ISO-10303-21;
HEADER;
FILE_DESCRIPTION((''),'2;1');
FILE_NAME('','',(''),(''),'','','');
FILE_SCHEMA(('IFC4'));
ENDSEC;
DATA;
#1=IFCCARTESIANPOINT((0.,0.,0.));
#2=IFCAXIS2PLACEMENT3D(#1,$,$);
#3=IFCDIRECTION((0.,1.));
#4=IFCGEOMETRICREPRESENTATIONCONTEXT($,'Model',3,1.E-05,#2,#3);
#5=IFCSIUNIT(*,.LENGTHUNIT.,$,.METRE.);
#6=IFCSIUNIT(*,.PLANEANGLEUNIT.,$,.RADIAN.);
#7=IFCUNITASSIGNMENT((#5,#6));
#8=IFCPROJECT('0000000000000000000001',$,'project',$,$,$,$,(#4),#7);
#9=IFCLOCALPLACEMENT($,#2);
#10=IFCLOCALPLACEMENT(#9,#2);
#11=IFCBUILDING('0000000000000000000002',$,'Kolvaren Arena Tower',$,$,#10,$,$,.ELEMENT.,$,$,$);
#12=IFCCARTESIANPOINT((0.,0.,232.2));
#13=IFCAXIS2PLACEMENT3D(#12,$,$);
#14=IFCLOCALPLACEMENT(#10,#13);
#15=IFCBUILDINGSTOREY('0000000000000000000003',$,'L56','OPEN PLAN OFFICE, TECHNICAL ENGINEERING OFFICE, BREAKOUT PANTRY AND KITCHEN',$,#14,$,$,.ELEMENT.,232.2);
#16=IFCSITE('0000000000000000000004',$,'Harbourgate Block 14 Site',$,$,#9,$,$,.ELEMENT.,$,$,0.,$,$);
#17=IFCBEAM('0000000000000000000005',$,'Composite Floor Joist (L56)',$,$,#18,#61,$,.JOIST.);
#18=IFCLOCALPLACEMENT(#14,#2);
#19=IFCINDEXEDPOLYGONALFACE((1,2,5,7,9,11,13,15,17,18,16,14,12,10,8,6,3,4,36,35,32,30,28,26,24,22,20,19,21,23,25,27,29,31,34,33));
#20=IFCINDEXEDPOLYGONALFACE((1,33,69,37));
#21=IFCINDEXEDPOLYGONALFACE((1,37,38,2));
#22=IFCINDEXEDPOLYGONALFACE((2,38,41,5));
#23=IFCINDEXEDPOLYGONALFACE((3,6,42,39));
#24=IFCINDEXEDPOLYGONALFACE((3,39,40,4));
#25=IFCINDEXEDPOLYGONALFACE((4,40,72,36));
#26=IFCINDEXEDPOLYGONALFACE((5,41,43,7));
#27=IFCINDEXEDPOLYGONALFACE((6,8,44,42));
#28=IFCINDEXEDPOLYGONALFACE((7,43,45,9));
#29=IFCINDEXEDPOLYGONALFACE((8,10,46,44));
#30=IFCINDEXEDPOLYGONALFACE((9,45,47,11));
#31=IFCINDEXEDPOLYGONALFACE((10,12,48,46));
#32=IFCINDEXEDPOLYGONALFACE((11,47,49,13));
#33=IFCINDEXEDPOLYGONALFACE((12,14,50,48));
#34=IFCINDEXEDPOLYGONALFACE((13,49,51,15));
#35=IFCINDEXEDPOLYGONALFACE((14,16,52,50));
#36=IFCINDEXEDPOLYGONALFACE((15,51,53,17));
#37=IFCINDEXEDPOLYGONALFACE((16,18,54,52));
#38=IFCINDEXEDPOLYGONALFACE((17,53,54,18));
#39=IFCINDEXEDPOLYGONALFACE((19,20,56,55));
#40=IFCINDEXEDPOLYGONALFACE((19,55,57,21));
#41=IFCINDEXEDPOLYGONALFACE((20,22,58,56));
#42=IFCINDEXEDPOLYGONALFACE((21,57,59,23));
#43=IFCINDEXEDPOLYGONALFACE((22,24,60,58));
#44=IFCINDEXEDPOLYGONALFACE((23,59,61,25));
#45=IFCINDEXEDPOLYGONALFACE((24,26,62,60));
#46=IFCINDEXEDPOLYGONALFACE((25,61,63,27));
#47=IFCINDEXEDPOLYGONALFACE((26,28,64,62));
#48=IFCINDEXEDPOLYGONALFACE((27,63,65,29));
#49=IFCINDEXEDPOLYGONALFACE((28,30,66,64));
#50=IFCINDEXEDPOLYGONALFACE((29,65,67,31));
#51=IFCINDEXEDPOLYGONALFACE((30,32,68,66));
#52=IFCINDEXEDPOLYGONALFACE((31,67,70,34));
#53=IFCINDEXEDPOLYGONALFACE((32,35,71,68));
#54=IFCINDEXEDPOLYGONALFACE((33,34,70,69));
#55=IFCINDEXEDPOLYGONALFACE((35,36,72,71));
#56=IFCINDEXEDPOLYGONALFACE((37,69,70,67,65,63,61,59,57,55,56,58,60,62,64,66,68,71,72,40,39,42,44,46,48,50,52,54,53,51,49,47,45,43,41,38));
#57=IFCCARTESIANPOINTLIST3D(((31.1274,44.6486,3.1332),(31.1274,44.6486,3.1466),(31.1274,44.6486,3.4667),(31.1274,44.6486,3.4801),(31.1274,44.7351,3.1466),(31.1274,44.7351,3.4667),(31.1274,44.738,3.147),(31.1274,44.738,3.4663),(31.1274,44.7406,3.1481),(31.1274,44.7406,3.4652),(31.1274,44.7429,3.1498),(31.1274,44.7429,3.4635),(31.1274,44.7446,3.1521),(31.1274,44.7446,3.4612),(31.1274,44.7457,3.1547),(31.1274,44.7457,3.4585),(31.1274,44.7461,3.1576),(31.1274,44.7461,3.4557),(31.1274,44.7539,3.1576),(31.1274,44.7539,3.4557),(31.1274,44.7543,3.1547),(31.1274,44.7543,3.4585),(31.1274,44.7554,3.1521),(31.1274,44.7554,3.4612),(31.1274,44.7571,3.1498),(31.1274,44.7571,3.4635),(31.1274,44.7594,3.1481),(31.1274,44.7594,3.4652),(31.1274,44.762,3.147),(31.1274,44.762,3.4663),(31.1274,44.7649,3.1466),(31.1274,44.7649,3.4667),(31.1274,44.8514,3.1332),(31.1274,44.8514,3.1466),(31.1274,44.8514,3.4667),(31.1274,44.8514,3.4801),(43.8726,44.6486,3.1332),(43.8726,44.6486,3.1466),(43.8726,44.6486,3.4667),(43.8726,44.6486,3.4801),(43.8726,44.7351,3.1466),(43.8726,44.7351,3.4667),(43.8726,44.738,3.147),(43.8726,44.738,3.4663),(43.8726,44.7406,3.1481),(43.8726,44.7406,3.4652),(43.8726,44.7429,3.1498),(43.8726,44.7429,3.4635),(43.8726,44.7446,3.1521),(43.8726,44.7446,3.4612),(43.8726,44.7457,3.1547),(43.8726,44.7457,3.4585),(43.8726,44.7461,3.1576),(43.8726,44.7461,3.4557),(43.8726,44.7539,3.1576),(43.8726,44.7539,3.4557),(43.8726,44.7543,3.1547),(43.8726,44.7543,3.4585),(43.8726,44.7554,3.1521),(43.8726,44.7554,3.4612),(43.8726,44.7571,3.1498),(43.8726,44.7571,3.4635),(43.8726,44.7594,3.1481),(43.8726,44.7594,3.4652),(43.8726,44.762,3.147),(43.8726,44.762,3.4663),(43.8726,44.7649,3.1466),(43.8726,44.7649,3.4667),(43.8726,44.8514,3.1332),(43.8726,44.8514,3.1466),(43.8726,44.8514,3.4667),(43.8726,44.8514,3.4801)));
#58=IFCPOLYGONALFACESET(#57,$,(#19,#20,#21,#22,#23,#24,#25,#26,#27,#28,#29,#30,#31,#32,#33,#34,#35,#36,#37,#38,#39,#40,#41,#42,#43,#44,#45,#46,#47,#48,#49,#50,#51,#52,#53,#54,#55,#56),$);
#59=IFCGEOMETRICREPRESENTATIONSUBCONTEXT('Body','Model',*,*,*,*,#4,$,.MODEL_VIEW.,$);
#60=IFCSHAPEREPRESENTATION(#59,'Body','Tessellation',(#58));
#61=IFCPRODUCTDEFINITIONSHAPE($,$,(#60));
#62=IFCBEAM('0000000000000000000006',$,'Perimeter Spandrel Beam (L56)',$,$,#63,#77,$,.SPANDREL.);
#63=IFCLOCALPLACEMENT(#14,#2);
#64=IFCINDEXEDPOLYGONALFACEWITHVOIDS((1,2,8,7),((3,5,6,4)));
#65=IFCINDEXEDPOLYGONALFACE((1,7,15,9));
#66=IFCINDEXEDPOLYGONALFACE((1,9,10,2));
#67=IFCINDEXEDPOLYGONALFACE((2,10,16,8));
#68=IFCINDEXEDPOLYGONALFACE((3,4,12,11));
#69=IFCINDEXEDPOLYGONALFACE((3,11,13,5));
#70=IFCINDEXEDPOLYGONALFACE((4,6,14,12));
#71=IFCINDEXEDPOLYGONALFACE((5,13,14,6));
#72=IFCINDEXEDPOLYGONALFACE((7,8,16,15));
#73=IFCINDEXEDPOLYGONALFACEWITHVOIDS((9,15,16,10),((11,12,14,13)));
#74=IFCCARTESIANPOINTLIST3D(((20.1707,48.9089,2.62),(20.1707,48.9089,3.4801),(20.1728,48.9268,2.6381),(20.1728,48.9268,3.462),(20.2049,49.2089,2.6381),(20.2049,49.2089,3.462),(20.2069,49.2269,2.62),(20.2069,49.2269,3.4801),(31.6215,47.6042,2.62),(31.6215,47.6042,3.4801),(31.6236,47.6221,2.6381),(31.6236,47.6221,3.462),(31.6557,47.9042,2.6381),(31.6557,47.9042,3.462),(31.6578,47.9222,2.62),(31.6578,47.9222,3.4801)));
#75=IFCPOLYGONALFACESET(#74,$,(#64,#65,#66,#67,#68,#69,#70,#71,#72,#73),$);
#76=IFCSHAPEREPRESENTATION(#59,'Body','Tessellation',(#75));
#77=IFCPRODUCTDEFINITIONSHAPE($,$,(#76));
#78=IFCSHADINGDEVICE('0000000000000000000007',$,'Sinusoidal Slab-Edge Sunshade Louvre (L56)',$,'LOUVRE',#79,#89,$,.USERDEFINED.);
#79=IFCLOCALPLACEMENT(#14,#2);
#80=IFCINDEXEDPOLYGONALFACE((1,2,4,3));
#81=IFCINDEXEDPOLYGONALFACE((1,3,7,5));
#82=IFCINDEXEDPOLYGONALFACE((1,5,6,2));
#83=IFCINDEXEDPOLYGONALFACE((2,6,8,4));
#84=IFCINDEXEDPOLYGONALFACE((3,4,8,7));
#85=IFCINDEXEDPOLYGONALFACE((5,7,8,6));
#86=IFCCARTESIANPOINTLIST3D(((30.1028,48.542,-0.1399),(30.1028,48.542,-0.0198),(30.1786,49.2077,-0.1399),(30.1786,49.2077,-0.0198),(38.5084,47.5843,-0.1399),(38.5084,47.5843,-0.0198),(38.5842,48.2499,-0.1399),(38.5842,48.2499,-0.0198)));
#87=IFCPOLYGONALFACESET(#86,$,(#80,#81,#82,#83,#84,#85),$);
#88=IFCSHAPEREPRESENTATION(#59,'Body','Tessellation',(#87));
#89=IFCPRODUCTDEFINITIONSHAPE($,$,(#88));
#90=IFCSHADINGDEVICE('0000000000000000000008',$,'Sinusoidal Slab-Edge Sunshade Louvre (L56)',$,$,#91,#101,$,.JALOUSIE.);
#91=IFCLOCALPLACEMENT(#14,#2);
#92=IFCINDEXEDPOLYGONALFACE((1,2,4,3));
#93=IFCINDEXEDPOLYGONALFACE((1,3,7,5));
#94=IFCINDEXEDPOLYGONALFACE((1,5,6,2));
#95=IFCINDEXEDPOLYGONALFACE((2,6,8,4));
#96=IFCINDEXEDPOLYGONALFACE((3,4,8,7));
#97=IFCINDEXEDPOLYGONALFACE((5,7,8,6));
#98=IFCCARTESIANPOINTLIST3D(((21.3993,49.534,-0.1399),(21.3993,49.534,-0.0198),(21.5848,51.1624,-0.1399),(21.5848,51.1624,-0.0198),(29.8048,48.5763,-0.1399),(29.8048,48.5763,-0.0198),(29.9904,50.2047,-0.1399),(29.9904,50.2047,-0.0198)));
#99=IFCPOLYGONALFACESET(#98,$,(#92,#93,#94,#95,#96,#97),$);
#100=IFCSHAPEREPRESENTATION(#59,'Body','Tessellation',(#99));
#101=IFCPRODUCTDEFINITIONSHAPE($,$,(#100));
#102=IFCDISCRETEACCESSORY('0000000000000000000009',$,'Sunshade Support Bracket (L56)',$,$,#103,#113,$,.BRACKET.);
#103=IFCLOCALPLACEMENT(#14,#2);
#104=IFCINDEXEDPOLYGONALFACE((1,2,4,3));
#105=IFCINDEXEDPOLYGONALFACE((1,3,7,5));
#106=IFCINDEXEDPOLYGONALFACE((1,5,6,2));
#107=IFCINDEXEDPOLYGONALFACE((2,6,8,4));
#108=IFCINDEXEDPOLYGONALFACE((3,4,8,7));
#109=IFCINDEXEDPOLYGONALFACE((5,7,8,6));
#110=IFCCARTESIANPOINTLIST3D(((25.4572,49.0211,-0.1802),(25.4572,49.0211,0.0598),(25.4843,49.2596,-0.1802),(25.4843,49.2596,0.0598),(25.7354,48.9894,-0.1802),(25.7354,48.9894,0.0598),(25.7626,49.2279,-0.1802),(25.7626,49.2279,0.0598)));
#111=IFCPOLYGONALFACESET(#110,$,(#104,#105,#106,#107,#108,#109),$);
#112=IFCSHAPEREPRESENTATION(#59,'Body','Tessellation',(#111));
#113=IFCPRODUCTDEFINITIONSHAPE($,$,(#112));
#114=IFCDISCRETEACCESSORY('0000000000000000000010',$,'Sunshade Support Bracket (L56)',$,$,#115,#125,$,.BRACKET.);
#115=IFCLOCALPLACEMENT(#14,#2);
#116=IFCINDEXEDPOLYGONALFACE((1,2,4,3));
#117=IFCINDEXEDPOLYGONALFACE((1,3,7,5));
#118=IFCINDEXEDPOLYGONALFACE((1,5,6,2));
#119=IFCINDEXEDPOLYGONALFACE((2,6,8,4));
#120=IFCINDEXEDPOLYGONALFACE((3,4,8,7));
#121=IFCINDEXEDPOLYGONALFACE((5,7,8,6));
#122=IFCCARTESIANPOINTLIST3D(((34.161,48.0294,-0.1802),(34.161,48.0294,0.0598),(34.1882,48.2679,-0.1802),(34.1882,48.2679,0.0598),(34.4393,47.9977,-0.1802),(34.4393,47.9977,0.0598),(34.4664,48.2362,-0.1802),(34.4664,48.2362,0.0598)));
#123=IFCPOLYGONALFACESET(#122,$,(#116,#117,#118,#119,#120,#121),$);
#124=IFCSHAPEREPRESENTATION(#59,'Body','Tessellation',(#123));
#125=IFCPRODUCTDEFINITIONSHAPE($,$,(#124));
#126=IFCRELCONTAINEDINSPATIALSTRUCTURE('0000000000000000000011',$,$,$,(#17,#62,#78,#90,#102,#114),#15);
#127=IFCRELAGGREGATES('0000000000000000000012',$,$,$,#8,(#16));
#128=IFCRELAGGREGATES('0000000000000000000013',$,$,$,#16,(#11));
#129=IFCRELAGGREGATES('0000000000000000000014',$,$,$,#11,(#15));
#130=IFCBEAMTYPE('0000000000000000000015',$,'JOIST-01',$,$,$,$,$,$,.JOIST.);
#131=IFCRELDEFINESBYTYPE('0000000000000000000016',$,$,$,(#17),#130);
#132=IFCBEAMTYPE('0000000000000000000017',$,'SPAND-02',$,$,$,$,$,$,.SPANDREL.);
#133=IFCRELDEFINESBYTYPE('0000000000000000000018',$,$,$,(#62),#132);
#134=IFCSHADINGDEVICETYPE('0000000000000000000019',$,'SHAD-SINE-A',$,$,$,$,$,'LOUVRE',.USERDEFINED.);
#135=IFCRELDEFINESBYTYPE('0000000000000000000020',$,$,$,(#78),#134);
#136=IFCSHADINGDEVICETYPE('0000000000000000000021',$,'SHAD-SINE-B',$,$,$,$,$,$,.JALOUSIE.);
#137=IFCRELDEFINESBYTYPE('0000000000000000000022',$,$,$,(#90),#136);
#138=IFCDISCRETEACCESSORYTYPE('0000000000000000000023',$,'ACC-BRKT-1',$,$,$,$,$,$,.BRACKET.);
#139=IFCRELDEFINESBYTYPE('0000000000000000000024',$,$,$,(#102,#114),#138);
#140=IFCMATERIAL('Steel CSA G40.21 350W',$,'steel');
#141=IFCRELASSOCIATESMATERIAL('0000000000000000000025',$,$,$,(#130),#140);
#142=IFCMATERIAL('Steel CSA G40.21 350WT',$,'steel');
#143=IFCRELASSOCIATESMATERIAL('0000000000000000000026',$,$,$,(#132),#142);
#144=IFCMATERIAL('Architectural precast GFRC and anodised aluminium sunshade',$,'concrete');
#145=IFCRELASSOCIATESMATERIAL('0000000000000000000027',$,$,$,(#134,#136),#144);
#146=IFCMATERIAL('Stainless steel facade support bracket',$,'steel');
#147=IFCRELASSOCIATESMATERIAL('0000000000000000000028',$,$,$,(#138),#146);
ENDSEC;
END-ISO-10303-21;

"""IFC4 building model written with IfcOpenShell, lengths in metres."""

from ifc_helpers import new_model, si_unit, direction, frame, origin, origin_2d, place, context, subcontext, project, spatial, rectangle, hollow_rectangle, i_section, extrude, material, material_profile, profile_set, type_object, element, save


model = new_model("IFC4")

# Units and contexts
model_context = context("Model", 3, precision=1e-05, world=origin(), true_north=direction((0.0, 1.0)))
body_context = subcontext(model_context, "Body", "Model", "MODEL_VIEW")
ifc_project = project(units=[si_unit("LENGTHUNIT", "METRE"), si_unit("PLANEANGLEUNIT", "RADIAN")], contexts=[model_context])

# Site, building, storey
site_placement = place(None, origin())
site = spatial("IfcSite", under=ifc_project, at=site_placement, Name="Harbourgate Block 14 Site", CompositionType="ELEMENT", RefElevation=0.0)
building_placement = place(site_placement, origin())
building = spatial("IfcBuilding", under=site, at=building_placement, Name="Kolvaren Arena Tower", CompositionType="ELEMENT")
storey_placement = place(building_placement, frame((0.0, 0.0, 232.2)))
storey = spatial("IfcBuildingStorey", under=building, at=storey_placement, Name="L56", Description="OPEN PLAN OFFICE, TECHNICAL ENGINEERING OFFICE, BREAKOUT PANTRY AND KITCHEN", CompositionType="ELEMENT", Elevation=232.2)

# Beams
ifc_material_1 = material(Name="Steel CSA G40.21 350W", Category="steel")
ifc_material_profile_1 = material_profile(ifc_material_1, i_section(OverallWidth=0.2029, OverallDepth=0.3469, WebThickness=0.0078, FlangeThickness=0.0134, FilletRadius=0.011, at=origin_2d()), Name="W360x64")
ifc_profile_set_1 = profile_set([ifc_material_profile_1], Name="Steel CSA G40.21 350W")
beam_type_1 = type_object("IfcBeamType", Name="JOIST-01", PredefinedType="JOIST", material=ifc_profile_set_1)
beam_1_placement = place(storey_placement, frame((31.1274, 44.75, 3.3066), z_axis=(1.0, 0.0, 0.0), x_axis=(0.0, 1.0, 0.0)))
element("IfcBeam", 1, at=beam_1_placement, inside=storey, type_object=beam_type_1, Name="Composite Floor Joist (L56)", PredefinedType="JOIST", context=body_context, shape_type="SweptSolid", body=[
    extrude(i_section(OverallWidth=0.2029, OverallDepth=0.3469, WebThickness=0.0078, FlangeThickness=0.0134, FilletRadius=0.011, at=origin_2d()), origin(), (0.0, 0.0, 1.0), 12.7451),
])
ifc_material_2 = material(Name="Steel CSA G40.21 350WT", Category="steel")
ifc_material_profile_2 = material_profile(ifc_material_2, hollow_rectangle(XDim=0.3201, YDim=0.8601, WallThickness=0.0181, at=origin_2d()), Name="HSS 860x320x18")
ifc_profile_set_2 = profile_set([ifc_material_profile_2], Name="Steel CSA G40.21 350WT")
beam_type_2 = type_object("IfcBeamType", Name="SPAND-02", PredefinedType="SPANDREL", material=ifc_profile_set_2)
beam_2_placement = place(storey_placement, frame((31.6396, 47.7632, 3.05), z_axis=(-0.993572, 0.113205, 0.0), x_axis=(-0.113205, -0.993572, 0.0)))
element("IfcBeam", 2, at=beam_2_placement, inside=storey, type_object=beam_type_2, Name="Perimeter Spandrel Beam (L56)", PredefinedType="SPANDREL", context=body_context, shape_type="SweptSolid", body=[
    extrude(hollow_rectangle(XDim=0.3201, YDim=0.8601, WallThickness=0.0181, at=origin_2d()), origin(), (0.0, 0.0, 1.0), 11.5249),
])

# Shading devices
ifc_material_3 = material(Name="Architectural precast GFRC and anodised aluminium sunshade", Category="concrete")
shading_device_type_1 = type_object("IfcShadingDeviceType", Name="SHAD-SINE-A", ElementType="LOUVRE", PredefinedType="USERDEFINED", material=ifc_material_3)
shading_device_1_placement = place(storey_placement, frame((34.3435, 48.396, -0.1399), z_axis=(0.0, 0.0, 1.0), x_axis=(0.993572, -0.113205, 0.0)))
element("IfcShadingDevice", 3, at=shading_device_1_placement, inside=storey, type_object=shading_device_type_1, Name="Sinusoidal Slab-Edge Sunshade Louvre (L56)", ObjectType="LOUVRE", PredefinedType="USERDEFINED", context=body_context, shape_type="SweptSolid", body=[
    extrude(rectangle(XDim=8.46, YDim=0.6699, at=origin_2d()), origin(), (0.0, 0.0, 1.0), 0.1201),
])
shading_device_type_2 = type_object("IfcShadingDeviceType", Name="SHAD-SINE-B", PredefinedType="JALOUSIE", material=ifc_material_3)
shading_device_2_placement = place(storey_placement, frame((25.6948, 49.8694, -0.1399), z_axis=(0.0, 0.0, 1.0), x_axis=(0.993572, -0.113205, 0.0)))
element("IfcShadingDevice", 4, at=shading_device_2_placement, inside=storey, type_object=shading_device_type_2, Name="Sinusoidal Slab-Edge Sunshade Louvre (L56)", PredefinedType="JALOUSIE", context=body_context, shape_type="SweptSolid", body=[
    extrude(rectangle(XDim=8.46, YDim=1.6389, at=origin_2d()), origin(), (0.0, 0.0, 1.0), 0.1201),
])

# Discrete accessories
ifc_material_4 = material(Name="Stainless steel facade support bracket", Category="steel")
discrete_accessory_type = type_object("IfcDiscreteAccessoryType", Name="ACC-BRKT-1", PredefinedType="BRACKET", material=ifc_material_4)
for number, where, z_axis, x_axis, name in (
    (5, (25.6099, 49.1245, -0.1802), (0.0, 0.0, 1.0), (0.993572, -0.113205, 0.0), "Sunshade Support Bracket (L56)"),
    (6, (34.3137, 48.1328, -0.1802), (0.0, 0.0, 1.0), (0.993572, -0.113205, 0.0), "Sunshade Support Bracket (L56)"),
):
    element("IfcDiscreteAccessory", number, at=place(storey_placement, frame(where, z_axis=z_axis, x_axis=x_axis)), inside=storey, type_object=discrete_accessory_type, Name=name, PredefinedType="BRACKET", context=body_context, shape_type="SweptSolid", body=[
        extrude(rectangle(XDim=0.28, YDim=0.24, at=origin_2d()), origin(), (0.0, 0.0, 1.0), 0.24),
    ])

save(model, "model.ifc")
